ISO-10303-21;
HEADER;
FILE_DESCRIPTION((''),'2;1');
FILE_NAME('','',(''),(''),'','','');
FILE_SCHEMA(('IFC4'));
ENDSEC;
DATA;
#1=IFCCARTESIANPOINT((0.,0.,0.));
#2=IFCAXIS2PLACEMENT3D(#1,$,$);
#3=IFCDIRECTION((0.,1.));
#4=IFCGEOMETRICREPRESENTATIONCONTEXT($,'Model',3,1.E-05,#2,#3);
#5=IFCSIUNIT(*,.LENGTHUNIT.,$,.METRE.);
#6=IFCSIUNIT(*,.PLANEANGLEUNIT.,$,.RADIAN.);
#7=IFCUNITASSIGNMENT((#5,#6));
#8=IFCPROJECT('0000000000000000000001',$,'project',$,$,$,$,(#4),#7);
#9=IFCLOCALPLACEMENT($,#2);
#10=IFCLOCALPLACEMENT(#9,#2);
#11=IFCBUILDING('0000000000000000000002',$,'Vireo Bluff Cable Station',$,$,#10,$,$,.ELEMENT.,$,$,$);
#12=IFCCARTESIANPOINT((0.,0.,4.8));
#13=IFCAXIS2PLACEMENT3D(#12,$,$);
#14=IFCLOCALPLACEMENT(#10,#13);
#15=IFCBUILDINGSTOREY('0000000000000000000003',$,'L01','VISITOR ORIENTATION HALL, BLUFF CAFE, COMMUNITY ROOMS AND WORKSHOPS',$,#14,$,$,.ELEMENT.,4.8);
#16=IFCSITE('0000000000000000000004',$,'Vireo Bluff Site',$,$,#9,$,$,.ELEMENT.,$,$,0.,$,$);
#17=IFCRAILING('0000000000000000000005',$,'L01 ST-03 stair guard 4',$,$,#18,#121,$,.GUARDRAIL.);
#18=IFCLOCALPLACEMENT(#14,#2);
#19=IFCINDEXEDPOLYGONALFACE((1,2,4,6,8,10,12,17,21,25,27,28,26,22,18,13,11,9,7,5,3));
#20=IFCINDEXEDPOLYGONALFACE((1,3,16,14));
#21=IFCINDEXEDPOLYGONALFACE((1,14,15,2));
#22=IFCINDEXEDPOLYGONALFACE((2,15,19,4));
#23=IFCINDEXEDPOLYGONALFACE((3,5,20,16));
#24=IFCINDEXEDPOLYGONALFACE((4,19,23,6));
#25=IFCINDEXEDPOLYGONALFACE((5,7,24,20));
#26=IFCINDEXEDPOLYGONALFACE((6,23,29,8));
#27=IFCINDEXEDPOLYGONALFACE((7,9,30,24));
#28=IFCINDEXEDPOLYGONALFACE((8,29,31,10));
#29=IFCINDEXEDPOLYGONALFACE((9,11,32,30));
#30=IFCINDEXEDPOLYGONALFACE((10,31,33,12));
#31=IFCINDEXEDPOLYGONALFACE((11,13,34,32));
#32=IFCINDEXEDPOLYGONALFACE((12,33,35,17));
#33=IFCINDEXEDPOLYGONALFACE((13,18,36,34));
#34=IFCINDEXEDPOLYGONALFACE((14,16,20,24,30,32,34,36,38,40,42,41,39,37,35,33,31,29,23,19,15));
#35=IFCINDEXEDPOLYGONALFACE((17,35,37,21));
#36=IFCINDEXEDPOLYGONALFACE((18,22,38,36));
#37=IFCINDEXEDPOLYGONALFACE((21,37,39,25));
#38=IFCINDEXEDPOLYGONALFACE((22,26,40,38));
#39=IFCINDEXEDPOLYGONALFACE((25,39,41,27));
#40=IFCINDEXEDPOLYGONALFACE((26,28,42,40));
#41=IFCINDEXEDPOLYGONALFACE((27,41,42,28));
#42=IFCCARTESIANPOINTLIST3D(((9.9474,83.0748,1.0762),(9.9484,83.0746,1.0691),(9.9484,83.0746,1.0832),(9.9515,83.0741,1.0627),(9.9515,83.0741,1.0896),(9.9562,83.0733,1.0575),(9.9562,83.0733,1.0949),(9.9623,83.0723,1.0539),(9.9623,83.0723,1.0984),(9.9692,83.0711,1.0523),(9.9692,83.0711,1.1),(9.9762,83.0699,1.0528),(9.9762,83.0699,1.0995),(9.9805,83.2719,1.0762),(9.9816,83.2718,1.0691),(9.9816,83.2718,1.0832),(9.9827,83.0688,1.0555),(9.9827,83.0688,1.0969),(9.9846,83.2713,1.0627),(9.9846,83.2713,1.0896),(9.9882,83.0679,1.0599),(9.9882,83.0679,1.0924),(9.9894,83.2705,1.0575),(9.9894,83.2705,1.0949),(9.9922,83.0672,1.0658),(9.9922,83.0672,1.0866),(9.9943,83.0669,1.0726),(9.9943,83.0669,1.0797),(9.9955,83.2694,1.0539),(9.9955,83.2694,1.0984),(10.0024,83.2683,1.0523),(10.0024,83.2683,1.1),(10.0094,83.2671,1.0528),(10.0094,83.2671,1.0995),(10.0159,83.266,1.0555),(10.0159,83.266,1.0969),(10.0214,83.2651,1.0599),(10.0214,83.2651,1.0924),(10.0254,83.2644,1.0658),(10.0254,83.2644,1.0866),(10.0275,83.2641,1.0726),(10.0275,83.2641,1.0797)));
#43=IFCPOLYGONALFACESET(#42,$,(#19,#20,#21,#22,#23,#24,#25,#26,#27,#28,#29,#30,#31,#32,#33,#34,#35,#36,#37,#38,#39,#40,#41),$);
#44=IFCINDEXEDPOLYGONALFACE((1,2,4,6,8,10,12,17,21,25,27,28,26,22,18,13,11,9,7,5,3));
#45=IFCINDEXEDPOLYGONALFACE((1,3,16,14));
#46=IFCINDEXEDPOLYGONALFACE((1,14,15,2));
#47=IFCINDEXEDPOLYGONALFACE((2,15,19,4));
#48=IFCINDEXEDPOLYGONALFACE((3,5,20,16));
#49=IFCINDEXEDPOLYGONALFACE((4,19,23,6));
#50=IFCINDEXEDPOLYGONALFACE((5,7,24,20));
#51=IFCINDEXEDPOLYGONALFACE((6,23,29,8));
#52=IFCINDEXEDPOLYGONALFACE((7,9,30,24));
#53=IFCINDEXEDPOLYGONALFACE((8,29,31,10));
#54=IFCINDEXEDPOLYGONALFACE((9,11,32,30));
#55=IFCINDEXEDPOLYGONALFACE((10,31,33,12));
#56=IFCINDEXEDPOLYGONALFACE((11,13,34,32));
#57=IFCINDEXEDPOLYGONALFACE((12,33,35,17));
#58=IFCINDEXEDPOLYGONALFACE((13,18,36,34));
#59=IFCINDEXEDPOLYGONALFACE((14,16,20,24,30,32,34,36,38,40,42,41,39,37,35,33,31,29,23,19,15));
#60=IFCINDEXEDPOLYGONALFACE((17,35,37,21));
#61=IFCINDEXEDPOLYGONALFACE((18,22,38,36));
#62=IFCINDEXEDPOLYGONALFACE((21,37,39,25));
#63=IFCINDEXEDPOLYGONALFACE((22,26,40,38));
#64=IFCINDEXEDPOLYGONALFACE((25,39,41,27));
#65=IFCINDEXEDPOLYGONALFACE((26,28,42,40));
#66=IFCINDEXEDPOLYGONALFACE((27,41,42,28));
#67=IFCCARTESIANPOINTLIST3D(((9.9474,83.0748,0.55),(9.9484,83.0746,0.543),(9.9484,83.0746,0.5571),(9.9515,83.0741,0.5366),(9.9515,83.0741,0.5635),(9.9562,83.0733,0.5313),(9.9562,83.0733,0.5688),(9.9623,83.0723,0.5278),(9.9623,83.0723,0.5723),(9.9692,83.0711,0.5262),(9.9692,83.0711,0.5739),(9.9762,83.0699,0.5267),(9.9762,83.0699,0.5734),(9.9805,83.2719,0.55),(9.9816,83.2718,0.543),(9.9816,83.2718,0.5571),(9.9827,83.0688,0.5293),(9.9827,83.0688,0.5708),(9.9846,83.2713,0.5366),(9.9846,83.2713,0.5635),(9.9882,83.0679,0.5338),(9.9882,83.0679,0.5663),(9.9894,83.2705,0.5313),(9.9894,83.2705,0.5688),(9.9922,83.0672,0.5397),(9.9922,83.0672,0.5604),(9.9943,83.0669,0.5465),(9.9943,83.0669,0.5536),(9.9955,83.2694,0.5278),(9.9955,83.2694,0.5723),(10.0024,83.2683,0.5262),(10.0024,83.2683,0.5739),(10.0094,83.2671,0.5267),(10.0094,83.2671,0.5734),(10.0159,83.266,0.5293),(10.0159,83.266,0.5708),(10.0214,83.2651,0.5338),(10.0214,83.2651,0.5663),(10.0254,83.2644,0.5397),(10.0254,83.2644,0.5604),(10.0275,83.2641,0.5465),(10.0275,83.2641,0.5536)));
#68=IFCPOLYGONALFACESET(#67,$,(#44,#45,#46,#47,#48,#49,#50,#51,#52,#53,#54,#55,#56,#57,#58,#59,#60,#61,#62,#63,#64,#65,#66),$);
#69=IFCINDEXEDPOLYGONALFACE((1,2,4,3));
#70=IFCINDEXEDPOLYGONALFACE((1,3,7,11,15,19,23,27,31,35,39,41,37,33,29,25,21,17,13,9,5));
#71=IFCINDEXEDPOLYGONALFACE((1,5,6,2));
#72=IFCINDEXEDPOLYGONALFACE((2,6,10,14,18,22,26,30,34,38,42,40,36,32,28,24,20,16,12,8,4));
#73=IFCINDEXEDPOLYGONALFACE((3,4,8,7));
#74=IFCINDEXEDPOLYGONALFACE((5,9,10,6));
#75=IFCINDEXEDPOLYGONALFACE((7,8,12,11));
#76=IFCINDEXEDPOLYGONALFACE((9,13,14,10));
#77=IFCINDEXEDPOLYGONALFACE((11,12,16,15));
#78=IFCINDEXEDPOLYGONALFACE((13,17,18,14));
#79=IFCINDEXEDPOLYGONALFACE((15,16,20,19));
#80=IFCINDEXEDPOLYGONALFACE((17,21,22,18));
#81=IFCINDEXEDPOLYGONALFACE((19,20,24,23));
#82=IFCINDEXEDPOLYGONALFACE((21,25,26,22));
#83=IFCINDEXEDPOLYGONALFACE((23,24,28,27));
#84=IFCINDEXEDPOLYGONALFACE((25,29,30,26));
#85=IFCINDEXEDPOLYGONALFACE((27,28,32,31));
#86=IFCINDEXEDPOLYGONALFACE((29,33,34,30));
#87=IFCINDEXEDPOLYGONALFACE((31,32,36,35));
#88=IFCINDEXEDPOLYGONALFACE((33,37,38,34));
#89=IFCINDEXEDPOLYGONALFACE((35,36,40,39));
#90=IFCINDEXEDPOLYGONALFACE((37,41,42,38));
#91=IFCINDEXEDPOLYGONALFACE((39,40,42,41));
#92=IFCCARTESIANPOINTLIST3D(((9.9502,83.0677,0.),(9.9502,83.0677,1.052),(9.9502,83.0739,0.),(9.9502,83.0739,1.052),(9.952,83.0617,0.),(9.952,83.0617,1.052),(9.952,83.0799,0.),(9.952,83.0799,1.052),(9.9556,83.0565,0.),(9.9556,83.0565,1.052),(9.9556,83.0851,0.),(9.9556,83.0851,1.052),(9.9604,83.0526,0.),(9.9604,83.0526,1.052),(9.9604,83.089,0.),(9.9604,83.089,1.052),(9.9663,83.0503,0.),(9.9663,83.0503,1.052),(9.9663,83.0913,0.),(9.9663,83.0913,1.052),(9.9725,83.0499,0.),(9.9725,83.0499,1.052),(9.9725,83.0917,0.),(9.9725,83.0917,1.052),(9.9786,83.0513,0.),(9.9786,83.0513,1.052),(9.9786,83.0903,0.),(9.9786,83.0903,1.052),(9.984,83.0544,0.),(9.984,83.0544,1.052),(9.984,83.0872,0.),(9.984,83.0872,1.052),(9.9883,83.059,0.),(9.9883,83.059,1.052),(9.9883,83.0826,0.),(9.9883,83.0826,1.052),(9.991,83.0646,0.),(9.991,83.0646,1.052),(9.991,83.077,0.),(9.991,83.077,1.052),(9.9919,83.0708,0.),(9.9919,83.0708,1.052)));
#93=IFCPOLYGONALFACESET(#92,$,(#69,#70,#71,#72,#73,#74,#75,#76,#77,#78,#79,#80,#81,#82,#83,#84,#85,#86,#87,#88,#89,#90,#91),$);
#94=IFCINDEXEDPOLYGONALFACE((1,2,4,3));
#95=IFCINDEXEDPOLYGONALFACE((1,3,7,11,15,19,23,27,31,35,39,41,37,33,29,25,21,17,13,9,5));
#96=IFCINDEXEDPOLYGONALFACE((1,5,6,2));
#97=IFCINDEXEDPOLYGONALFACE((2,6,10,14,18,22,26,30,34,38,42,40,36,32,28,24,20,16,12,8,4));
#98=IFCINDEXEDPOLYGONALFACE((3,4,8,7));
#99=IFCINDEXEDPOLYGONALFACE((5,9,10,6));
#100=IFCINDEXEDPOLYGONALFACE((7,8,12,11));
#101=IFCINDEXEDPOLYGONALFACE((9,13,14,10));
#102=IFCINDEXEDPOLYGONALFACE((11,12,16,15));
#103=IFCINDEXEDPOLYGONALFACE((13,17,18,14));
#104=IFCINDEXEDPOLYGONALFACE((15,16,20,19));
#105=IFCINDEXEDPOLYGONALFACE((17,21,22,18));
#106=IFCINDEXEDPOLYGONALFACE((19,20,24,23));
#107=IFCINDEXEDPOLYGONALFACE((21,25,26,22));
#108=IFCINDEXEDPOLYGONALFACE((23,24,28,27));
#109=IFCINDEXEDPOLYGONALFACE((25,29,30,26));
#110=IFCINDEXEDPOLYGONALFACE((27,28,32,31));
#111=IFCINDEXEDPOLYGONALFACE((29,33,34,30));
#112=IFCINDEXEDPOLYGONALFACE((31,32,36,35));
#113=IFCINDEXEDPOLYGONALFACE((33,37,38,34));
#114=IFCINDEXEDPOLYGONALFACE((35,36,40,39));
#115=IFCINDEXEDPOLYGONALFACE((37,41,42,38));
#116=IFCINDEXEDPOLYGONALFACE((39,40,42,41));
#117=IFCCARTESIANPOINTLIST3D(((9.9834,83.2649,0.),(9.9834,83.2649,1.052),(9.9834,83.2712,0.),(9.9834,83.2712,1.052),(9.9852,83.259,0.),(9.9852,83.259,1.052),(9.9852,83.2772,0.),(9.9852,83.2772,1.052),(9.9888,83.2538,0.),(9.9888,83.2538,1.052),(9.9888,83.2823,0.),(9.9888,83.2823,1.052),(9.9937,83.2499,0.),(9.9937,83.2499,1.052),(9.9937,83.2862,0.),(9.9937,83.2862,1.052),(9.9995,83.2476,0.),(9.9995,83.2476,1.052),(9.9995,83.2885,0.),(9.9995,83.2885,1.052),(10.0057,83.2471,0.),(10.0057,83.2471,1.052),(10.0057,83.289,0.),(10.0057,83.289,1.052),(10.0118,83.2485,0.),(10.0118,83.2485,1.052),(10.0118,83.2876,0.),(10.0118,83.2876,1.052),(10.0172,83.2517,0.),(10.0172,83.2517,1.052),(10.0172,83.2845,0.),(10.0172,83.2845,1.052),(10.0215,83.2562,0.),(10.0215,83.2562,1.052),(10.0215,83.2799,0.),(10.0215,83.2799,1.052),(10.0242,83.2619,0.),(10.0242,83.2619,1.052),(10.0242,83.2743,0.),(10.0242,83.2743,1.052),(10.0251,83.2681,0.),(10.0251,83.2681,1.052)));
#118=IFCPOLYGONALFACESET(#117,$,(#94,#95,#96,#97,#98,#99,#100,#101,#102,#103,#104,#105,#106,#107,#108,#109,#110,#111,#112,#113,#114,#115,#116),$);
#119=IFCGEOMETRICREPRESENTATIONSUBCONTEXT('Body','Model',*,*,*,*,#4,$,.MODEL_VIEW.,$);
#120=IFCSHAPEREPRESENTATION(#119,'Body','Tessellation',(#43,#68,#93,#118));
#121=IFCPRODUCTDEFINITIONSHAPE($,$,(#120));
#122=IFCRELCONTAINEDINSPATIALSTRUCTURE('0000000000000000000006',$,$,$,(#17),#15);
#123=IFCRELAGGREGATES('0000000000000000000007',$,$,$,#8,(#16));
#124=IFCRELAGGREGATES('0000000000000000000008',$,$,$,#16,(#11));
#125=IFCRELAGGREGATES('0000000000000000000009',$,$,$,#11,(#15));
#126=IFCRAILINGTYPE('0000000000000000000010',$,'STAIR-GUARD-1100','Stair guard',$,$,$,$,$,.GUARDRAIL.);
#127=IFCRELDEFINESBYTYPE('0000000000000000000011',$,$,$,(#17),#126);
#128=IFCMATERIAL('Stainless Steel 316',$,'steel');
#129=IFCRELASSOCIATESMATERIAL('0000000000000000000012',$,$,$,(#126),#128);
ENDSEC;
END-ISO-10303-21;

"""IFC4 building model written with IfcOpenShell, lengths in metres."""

from ifc_helpers import new_model, si_unit, direction, frame, origin, origin_2d, place, context, subcontext, project, spatial, circle, extrude, material, type_object, element, save


model = new_model("IFC4")

# Units and contexts
model_context = context("Model", 3, precision=1e-05, world=origin(), true_north=direction((0.0, 1.0)))
body_context = subcontext(model_context, "Body", "Model", "MODEL_VIEW")
ifc_project = project(units=[si_unit("LENGTHUNIT", "METRE"), si_unit("PLANEANGLEUNIT", "RADIAN")], contexts=[model_context])

# Site, building, storey
site_placement = place(None, origin())
site = spatial("IfcSite", under=ifc_project, at=site_placement, Name="Vireo Bluff Site", CompositionType="ELEMENT", RefElevation=0.0)
building_placement = place(site_placement, origin())
building = spatial("IfcBuilding", under=site, at=building_placement, Name="Vireo Bluff Cable Station", CompositionType="ELEMENT")
storey_placement = place(building_placement, frame((0.0, 0.0, 4.8)))
storey = spatial("IfcBuildingStorey", under=building, at=storey_placement, Name="L01", Description="VISITOR ORIENTATION HALL, BLUFF CAFE, COMMUNITY ROOMS AND WORKSHOPS", CompositionType="ELEMENT", Elevation=4.8)

# Shared definitions
ifc_material_1 = material(Name="Stainless Steel 316", Category="steel")

# Railing
railing_type_1 = type_object("IfcRailingType", Name="STAIR-GUARD-1100", Description="Stair guard", PredefinedType="GUARDRAIL", material=ifc_material_1)
railing_1_placement = place(storey_placement, frame((9.9709, 83.0708, 0.0)))
element("IfcRailing", 1, at=railing_1_placement, inside=storey, type_object=railing_type_1, Name="L01 ST-03 stair guard 4", PredefinedType="GUARDRAIL", context=body_context, shape_type="SweptSolid", body=[
    extrude(circle(Radius=0.0239, at=origin_2d()), frame((0.0, 0.0, 1.0762), z_axis=(0.165982, 0.986129, 0.0), x_axis=(-0.986129, 0.165982, 0.0)), (0.0, 0.0, 1.0), 0.2),
    extrude(circle(Radius=0.0239, at=origin_2d()), frame((0.0, 0.0, 0.55), z_axis=(0.165982, 0.986129, 0.0), x_axis=(-0.986129, 0.165982, 0.0)), (0.0, 0.0, 1.0), 0.2),
    extrude(circle(Radius=0.021, at=origin_2d()), origin(), (0.0, 0.0, 1.0), 1.052),
    extrude(circle(Radius=0.021, at=origin_2d()), frame((0.0332, 0.1973, 0.0)), (0.0, 0.0, 1.0), 1.052),
])

save(model, "model.ifc")
